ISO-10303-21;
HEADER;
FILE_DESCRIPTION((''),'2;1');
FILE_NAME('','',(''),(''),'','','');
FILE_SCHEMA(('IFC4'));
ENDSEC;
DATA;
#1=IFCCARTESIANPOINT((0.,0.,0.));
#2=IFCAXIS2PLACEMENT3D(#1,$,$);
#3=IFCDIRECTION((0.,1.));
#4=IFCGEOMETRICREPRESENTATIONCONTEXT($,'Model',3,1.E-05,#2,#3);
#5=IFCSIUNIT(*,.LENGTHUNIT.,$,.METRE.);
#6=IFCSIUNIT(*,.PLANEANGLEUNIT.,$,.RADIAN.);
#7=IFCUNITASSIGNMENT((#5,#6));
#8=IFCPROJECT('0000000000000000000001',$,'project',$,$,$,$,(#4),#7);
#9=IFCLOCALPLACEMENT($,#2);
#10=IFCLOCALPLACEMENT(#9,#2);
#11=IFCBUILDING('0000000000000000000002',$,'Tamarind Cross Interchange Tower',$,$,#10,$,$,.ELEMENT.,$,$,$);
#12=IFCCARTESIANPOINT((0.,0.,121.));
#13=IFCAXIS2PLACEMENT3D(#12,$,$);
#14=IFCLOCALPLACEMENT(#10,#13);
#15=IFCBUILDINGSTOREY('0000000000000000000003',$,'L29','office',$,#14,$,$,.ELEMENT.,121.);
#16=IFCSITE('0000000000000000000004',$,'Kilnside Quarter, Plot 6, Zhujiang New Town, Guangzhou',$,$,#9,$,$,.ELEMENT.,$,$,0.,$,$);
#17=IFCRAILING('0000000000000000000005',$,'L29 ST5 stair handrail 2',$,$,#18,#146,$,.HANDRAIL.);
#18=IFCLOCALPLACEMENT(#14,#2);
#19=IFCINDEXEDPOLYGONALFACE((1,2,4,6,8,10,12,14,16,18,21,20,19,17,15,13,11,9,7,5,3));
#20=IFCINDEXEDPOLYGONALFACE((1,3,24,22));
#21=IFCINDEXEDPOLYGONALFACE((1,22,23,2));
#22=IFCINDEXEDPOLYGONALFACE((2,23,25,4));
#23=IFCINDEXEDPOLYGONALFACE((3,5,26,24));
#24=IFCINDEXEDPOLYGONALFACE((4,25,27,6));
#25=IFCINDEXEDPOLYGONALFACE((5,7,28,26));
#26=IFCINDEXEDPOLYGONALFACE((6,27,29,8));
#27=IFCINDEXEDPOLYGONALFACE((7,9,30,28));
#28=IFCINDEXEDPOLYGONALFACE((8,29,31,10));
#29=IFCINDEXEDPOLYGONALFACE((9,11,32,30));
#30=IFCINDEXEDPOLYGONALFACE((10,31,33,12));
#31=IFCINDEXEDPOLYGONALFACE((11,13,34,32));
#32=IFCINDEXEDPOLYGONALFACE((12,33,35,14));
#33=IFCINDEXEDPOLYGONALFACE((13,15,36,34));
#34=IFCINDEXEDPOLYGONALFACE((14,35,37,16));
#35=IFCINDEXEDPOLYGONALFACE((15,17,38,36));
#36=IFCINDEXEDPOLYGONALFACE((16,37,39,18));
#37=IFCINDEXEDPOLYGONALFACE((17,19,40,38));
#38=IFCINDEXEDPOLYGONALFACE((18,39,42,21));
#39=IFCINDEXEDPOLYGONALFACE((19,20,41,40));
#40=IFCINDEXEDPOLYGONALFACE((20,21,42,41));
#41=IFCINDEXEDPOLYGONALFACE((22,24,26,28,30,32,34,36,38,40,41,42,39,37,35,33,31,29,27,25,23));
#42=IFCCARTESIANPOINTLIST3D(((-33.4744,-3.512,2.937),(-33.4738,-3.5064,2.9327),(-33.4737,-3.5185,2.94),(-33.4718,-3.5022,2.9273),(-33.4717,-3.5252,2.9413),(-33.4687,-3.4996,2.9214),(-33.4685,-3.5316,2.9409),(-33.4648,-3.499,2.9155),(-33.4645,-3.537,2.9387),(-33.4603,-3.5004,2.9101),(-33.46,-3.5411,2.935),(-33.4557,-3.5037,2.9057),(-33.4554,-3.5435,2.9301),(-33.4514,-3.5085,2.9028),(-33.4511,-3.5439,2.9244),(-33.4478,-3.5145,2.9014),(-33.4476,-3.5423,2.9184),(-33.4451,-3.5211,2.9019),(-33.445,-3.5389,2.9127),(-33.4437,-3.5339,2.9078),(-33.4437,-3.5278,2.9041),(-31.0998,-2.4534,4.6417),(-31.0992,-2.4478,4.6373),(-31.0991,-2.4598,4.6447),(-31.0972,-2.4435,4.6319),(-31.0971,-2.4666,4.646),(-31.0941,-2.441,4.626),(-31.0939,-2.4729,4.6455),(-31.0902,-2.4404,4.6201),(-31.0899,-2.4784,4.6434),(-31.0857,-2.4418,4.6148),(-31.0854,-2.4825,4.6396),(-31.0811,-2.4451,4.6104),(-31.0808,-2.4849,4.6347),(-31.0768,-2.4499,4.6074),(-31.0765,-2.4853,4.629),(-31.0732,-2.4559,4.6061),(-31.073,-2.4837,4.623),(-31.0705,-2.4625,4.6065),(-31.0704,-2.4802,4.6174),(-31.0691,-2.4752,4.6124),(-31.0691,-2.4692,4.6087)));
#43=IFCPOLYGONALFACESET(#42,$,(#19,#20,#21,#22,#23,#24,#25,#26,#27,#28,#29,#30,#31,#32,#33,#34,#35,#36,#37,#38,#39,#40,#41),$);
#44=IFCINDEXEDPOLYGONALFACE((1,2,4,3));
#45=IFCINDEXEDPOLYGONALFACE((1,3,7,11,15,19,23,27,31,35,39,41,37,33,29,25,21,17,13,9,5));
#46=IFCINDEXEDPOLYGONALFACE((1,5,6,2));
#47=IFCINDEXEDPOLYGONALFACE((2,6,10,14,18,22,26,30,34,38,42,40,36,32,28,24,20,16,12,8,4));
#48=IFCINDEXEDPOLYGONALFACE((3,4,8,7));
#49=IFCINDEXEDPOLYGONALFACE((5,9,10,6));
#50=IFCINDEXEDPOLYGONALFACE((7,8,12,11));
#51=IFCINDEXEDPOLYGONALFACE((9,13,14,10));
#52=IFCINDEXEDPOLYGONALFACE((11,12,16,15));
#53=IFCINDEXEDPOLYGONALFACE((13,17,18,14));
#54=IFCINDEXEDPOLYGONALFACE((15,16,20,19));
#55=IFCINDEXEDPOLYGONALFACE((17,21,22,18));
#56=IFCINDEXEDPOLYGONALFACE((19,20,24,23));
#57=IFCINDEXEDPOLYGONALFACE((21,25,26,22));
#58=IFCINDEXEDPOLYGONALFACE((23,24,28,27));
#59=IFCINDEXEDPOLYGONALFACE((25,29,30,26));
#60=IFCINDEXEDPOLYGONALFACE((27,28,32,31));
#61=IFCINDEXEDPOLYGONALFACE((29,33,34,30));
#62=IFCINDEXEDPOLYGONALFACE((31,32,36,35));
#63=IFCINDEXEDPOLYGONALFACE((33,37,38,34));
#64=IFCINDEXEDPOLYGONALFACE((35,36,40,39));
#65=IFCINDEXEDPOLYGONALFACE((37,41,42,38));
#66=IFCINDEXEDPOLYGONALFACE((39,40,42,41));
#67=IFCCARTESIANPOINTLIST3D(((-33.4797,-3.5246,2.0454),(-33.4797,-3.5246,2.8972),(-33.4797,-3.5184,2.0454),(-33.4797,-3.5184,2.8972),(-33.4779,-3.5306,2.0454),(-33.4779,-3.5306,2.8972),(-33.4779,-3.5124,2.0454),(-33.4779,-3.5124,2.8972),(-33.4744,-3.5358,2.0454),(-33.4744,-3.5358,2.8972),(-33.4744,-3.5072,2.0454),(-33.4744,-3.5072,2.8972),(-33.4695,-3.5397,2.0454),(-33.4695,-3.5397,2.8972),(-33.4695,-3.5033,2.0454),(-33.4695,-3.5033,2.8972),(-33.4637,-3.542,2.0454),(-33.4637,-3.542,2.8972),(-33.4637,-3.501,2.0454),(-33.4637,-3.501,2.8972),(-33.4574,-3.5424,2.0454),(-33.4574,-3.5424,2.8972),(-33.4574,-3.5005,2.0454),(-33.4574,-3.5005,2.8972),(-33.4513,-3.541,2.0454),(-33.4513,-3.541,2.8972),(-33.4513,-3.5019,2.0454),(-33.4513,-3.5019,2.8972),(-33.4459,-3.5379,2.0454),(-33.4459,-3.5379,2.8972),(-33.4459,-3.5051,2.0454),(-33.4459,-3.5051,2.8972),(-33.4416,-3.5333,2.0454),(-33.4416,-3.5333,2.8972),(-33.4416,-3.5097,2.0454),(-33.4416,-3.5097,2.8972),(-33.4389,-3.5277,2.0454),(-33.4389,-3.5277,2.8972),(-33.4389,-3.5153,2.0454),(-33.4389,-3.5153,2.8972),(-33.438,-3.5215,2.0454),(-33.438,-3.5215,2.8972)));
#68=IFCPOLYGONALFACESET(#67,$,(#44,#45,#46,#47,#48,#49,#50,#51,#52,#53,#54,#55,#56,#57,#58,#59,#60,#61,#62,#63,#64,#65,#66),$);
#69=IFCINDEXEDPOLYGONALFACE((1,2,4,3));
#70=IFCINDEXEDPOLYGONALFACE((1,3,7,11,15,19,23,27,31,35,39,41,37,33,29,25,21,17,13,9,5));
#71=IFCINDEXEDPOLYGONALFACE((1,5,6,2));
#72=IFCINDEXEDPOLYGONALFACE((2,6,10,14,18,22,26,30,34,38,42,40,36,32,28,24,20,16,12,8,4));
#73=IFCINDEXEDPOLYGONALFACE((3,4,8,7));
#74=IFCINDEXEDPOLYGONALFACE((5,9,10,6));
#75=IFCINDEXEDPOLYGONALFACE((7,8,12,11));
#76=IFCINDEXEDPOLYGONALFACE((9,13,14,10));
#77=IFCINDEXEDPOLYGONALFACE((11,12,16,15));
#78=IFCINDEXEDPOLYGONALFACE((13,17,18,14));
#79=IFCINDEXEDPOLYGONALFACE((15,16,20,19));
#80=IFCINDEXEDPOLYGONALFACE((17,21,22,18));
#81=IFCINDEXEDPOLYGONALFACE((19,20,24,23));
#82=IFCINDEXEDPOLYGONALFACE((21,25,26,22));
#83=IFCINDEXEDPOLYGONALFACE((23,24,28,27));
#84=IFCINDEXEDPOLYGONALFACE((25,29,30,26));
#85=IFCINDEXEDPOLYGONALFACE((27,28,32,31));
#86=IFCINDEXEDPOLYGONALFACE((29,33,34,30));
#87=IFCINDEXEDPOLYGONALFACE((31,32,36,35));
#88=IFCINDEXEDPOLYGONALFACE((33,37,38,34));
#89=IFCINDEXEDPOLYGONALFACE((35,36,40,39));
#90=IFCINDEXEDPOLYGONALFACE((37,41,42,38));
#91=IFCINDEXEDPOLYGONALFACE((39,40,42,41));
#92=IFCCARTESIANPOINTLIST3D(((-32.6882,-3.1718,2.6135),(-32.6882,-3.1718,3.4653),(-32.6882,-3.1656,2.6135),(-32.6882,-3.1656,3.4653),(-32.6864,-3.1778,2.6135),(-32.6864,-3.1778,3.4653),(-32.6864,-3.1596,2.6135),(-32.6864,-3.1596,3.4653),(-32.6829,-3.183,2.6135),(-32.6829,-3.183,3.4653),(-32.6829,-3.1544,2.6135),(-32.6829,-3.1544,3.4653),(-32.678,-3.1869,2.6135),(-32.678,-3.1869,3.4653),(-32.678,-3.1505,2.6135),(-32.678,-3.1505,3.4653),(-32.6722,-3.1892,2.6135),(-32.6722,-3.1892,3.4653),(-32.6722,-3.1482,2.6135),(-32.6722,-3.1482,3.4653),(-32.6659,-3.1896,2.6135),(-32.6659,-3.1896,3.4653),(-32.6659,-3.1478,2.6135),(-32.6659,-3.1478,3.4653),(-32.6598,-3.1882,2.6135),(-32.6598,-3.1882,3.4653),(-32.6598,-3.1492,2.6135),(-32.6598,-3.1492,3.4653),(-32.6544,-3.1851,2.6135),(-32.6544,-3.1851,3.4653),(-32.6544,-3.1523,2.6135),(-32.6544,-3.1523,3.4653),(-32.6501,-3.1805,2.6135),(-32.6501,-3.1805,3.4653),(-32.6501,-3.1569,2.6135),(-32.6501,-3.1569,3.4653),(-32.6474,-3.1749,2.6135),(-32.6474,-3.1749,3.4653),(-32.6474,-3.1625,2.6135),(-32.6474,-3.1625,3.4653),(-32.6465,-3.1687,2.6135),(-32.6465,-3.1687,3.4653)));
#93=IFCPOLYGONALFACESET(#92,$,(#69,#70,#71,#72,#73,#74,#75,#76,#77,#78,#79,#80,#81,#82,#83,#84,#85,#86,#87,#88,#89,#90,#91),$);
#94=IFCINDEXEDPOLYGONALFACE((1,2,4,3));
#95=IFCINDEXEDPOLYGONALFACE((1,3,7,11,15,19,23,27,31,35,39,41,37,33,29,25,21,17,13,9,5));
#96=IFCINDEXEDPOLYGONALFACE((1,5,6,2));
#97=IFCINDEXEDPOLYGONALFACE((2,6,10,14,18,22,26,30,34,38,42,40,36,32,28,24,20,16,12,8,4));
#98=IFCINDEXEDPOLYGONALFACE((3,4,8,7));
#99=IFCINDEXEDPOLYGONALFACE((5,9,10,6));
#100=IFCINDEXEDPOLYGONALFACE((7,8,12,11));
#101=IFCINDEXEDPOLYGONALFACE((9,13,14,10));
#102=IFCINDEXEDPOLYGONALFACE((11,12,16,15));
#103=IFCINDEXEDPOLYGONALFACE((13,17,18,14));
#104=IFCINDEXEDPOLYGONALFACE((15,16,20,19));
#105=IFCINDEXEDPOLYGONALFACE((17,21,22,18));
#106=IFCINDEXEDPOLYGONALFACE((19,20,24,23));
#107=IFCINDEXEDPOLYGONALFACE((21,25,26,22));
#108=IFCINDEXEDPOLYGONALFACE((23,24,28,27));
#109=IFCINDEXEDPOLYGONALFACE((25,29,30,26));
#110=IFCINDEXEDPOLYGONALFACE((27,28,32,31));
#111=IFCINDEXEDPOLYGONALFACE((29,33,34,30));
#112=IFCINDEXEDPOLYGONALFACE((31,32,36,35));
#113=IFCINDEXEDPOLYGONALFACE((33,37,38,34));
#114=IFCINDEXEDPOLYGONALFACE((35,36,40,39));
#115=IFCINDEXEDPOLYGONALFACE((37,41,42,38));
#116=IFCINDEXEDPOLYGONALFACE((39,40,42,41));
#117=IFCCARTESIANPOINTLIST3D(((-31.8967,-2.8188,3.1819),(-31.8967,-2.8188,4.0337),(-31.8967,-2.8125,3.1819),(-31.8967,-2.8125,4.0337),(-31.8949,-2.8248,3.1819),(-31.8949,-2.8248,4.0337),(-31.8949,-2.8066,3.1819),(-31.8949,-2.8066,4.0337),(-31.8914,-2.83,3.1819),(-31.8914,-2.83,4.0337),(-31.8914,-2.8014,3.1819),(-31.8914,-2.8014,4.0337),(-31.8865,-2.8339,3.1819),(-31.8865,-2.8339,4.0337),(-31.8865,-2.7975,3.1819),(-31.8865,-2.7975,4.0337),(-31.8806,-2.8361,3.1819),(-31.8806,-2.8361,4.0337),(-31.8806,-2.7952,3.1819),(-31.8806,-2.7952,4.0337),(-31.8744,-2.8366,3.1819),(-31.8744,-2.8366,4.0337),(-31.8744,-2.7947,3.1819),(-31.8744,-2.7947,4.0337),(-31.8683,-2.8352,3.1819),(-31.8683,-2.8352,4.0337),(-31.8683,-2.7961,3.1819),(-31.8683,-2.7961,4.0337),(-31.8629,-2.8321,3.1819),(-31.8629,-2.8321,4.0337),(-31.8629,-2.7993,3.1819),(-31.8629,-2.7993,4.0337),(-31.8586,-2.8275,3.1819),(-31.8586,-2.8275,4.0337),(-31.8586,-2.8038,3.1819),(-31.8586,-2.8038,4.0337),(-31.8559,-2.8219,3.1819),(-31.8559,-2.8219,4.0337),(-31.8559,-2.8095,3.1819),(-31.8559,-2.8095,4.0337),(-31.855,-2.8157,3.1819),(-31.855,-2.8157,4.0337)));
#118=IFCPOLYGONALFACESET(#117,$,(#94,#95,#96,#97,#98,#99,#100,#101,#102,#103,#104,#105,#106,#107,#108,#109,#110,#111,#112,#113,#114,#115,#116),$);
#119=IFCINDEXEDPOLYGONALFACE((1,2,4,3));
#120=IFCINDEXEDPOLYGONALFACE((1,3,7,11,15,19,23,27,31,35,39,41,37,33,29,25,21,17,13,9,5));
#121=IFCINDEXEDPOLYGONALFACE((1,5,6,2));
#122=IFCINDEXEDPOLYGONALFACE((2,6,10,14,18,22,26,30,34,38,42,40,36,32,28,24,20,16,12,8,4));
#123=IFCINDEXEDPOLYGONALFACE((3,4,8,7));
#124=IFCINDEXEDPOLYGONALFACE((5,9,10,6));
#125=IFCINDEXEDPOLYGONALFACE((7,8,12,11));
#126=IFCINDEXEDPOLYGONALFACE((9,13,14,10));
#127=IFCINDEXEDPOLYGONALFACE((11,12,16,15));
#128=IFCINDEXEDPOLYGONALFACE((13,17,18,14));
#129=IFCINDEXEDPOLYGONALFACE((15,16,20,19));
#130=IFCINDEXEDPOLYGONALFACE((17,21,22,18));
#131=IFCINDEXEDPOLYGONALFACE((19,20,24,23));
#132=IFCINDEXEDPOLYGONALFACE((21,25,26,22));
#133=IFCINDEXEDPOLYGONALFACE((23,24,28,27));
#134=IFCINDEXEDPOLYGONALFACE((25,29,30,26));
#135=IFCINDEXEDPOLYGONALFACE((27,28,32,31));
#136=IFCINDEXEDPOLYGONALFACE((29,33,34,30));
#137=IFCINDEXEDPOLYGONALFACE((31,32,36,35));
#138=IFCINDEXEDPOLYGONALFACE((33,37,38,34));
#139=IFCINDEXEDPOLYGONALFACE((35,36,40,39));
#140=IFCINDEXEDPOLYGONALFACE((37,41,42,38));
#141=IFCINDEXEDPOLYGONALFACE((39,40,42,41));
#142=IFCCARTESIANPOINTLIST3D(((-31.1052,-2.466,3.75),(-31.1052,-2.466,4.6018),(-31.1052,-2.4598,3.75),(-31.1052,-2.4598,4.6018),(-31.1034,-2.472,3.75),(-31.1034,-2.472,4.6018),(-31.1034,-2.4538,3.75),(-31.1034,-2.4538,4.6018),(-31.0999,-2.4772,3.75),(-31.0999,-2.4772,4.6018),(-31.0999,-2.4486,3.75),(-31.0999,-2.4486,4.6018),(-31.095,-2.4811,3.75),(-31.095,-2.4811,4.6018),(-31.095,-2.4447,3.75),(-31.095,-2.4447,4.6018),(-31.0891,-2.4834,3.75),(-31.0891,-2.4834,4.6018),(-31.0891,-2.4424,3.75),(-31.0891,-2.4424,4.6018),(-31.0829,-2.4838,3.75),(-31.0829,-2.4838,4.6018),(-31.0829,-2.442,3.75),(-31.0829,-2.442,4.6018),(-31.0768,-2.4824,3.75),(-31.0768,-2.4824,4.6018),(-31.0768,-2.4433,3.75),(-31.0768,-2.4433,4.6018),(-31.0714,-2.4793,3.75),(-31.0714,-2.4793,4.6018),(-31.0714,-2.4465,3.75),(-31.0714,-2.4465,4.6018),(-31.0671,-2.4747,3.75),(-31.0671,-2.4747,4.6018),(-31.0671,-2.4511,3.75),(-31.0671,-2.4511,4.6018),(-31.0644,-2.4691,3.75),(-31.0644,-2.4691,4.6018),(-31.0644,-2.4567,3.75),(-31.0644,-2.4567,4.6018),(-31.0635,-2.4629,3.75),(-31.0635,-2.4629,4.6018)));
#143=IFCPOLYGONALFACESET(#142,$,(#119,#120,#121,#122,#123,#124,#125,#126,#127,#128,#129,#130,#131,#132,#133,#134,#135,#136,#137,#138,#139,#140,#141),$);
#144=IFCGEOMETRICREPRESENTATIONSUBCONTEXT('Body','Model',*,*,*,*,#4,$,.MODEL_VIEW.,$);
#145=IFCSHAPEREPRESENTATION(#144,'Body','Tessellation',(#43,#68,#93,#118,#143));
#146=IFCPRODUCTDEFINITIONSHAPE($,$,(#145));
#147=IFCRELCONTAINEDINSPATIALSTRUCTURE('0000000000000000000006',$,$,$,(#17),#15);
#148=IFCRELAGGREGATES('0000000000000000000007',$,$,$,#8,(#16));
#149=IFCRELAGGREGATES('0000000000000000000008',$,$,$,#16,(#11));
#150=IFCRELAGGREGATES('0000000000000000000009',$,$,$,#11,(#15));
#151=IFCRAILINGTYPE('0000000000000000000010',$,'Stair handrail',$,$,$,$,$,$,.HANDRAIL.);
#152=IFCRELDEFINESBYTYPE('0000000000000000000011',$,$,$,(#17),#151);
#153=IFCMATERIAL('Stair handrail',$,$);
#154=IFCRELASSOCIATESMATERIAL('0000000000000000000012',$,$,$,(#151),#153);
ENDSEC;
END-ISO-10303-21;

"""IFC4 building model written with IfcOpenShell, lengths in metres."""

from ifc_helpers import new_model, si_unit, direction, frame, origin, origin_2d, place, context, subcontext, project, spatial, circle, extrude, material, type_object, element, save


model = new_model("IFC4")

# Units and contexts
model_context = context("Model", 3, precision=1e-05, world=origin(), true_north=direction((0.0, 1.0)))
body_context = subcontext(model_context, "Body", "Model", "MODEL_VIEW")
ifc_project = project(units=[si_unit("LENGTHUNIT", "METRE"), si_unit("PLANEANGLEUNIT", "RADIAN")], contexts=[model_context])

# Site, building, storey
site_placement = place(None, origin())
site = spatial("IfcSite", under=ifc_project, at=site_placement, Name="Kilnside Quarter, Plot 6, Zhujiang New Town, Guangzhou", CompositionType="ELEMENT", RefElevation=0.0)
building_placement = place(site_placement, origin())
building = spatial("IfcBuilding", under=site, at=building_placement, Name="Tamarind Cross Interchange Tower", CompositionType="ELEMENT")
storey_placement = place(building_placement, frame((0.0, 0.0, 121.0)))
storey = spatial("IfcBuildingStorey", under=building, at=storey_placement, Name="L29", Description="office", CompositionType="ELEMENT", Elevation=121.0)

# Railing
ifc_material_1 = material(Name="Stair handrail")
railing_type_1 = type_object("IfcRailingType", Name="Stair handrail", PredefinedType="HANDRAIL", material=ifc_material_1)
railing_1_placement = place(storey_placement, frame((-33.459, -3.5215, 2.0454)))
element("IfcRailing", 1, at=railing_1_placement, inside=storey, type_object=railing_type_1, Name="L29 ST5 stair handrail 2", PredefinedType="HANDRAIL", context=body_context, shape_type="SweptSolid", body=[
    extrude(circle(Radius=0.0239, at=origin_2d()), frame((0.0, 0.0, 0.876), z_axis=(0.763807, 0.340517, 0.548314), x_axis=(-0.407184, 0.913346, 0.0)), (0.0, 0.0, 1.0), 3.1089),
    extrude(circle(Radius=0.021, at=origin_2d()), origin(), (0.0, 0.0, 1.0), 0.8518),
    extrude(circle(Radius=0.021, at=origin_2d()), frame((0.7915, 0.3528, 0.5681)), (0.0, 0.0, 1.0), 0.8518),
    extrude(circle(Radius=0.021, at=origin_2d()), frame((1.583, 0.7058, 1.1365)), (0.0, 0.0, 1.0), 0.8518),
    extrude(circle(Radius=0.021, at=origin_2d()), frame((2.3745, 1.0586, 1.7046)), (0.0, 0.0, 1.0), 0.8518),
])

save(model, "model.ifc")
